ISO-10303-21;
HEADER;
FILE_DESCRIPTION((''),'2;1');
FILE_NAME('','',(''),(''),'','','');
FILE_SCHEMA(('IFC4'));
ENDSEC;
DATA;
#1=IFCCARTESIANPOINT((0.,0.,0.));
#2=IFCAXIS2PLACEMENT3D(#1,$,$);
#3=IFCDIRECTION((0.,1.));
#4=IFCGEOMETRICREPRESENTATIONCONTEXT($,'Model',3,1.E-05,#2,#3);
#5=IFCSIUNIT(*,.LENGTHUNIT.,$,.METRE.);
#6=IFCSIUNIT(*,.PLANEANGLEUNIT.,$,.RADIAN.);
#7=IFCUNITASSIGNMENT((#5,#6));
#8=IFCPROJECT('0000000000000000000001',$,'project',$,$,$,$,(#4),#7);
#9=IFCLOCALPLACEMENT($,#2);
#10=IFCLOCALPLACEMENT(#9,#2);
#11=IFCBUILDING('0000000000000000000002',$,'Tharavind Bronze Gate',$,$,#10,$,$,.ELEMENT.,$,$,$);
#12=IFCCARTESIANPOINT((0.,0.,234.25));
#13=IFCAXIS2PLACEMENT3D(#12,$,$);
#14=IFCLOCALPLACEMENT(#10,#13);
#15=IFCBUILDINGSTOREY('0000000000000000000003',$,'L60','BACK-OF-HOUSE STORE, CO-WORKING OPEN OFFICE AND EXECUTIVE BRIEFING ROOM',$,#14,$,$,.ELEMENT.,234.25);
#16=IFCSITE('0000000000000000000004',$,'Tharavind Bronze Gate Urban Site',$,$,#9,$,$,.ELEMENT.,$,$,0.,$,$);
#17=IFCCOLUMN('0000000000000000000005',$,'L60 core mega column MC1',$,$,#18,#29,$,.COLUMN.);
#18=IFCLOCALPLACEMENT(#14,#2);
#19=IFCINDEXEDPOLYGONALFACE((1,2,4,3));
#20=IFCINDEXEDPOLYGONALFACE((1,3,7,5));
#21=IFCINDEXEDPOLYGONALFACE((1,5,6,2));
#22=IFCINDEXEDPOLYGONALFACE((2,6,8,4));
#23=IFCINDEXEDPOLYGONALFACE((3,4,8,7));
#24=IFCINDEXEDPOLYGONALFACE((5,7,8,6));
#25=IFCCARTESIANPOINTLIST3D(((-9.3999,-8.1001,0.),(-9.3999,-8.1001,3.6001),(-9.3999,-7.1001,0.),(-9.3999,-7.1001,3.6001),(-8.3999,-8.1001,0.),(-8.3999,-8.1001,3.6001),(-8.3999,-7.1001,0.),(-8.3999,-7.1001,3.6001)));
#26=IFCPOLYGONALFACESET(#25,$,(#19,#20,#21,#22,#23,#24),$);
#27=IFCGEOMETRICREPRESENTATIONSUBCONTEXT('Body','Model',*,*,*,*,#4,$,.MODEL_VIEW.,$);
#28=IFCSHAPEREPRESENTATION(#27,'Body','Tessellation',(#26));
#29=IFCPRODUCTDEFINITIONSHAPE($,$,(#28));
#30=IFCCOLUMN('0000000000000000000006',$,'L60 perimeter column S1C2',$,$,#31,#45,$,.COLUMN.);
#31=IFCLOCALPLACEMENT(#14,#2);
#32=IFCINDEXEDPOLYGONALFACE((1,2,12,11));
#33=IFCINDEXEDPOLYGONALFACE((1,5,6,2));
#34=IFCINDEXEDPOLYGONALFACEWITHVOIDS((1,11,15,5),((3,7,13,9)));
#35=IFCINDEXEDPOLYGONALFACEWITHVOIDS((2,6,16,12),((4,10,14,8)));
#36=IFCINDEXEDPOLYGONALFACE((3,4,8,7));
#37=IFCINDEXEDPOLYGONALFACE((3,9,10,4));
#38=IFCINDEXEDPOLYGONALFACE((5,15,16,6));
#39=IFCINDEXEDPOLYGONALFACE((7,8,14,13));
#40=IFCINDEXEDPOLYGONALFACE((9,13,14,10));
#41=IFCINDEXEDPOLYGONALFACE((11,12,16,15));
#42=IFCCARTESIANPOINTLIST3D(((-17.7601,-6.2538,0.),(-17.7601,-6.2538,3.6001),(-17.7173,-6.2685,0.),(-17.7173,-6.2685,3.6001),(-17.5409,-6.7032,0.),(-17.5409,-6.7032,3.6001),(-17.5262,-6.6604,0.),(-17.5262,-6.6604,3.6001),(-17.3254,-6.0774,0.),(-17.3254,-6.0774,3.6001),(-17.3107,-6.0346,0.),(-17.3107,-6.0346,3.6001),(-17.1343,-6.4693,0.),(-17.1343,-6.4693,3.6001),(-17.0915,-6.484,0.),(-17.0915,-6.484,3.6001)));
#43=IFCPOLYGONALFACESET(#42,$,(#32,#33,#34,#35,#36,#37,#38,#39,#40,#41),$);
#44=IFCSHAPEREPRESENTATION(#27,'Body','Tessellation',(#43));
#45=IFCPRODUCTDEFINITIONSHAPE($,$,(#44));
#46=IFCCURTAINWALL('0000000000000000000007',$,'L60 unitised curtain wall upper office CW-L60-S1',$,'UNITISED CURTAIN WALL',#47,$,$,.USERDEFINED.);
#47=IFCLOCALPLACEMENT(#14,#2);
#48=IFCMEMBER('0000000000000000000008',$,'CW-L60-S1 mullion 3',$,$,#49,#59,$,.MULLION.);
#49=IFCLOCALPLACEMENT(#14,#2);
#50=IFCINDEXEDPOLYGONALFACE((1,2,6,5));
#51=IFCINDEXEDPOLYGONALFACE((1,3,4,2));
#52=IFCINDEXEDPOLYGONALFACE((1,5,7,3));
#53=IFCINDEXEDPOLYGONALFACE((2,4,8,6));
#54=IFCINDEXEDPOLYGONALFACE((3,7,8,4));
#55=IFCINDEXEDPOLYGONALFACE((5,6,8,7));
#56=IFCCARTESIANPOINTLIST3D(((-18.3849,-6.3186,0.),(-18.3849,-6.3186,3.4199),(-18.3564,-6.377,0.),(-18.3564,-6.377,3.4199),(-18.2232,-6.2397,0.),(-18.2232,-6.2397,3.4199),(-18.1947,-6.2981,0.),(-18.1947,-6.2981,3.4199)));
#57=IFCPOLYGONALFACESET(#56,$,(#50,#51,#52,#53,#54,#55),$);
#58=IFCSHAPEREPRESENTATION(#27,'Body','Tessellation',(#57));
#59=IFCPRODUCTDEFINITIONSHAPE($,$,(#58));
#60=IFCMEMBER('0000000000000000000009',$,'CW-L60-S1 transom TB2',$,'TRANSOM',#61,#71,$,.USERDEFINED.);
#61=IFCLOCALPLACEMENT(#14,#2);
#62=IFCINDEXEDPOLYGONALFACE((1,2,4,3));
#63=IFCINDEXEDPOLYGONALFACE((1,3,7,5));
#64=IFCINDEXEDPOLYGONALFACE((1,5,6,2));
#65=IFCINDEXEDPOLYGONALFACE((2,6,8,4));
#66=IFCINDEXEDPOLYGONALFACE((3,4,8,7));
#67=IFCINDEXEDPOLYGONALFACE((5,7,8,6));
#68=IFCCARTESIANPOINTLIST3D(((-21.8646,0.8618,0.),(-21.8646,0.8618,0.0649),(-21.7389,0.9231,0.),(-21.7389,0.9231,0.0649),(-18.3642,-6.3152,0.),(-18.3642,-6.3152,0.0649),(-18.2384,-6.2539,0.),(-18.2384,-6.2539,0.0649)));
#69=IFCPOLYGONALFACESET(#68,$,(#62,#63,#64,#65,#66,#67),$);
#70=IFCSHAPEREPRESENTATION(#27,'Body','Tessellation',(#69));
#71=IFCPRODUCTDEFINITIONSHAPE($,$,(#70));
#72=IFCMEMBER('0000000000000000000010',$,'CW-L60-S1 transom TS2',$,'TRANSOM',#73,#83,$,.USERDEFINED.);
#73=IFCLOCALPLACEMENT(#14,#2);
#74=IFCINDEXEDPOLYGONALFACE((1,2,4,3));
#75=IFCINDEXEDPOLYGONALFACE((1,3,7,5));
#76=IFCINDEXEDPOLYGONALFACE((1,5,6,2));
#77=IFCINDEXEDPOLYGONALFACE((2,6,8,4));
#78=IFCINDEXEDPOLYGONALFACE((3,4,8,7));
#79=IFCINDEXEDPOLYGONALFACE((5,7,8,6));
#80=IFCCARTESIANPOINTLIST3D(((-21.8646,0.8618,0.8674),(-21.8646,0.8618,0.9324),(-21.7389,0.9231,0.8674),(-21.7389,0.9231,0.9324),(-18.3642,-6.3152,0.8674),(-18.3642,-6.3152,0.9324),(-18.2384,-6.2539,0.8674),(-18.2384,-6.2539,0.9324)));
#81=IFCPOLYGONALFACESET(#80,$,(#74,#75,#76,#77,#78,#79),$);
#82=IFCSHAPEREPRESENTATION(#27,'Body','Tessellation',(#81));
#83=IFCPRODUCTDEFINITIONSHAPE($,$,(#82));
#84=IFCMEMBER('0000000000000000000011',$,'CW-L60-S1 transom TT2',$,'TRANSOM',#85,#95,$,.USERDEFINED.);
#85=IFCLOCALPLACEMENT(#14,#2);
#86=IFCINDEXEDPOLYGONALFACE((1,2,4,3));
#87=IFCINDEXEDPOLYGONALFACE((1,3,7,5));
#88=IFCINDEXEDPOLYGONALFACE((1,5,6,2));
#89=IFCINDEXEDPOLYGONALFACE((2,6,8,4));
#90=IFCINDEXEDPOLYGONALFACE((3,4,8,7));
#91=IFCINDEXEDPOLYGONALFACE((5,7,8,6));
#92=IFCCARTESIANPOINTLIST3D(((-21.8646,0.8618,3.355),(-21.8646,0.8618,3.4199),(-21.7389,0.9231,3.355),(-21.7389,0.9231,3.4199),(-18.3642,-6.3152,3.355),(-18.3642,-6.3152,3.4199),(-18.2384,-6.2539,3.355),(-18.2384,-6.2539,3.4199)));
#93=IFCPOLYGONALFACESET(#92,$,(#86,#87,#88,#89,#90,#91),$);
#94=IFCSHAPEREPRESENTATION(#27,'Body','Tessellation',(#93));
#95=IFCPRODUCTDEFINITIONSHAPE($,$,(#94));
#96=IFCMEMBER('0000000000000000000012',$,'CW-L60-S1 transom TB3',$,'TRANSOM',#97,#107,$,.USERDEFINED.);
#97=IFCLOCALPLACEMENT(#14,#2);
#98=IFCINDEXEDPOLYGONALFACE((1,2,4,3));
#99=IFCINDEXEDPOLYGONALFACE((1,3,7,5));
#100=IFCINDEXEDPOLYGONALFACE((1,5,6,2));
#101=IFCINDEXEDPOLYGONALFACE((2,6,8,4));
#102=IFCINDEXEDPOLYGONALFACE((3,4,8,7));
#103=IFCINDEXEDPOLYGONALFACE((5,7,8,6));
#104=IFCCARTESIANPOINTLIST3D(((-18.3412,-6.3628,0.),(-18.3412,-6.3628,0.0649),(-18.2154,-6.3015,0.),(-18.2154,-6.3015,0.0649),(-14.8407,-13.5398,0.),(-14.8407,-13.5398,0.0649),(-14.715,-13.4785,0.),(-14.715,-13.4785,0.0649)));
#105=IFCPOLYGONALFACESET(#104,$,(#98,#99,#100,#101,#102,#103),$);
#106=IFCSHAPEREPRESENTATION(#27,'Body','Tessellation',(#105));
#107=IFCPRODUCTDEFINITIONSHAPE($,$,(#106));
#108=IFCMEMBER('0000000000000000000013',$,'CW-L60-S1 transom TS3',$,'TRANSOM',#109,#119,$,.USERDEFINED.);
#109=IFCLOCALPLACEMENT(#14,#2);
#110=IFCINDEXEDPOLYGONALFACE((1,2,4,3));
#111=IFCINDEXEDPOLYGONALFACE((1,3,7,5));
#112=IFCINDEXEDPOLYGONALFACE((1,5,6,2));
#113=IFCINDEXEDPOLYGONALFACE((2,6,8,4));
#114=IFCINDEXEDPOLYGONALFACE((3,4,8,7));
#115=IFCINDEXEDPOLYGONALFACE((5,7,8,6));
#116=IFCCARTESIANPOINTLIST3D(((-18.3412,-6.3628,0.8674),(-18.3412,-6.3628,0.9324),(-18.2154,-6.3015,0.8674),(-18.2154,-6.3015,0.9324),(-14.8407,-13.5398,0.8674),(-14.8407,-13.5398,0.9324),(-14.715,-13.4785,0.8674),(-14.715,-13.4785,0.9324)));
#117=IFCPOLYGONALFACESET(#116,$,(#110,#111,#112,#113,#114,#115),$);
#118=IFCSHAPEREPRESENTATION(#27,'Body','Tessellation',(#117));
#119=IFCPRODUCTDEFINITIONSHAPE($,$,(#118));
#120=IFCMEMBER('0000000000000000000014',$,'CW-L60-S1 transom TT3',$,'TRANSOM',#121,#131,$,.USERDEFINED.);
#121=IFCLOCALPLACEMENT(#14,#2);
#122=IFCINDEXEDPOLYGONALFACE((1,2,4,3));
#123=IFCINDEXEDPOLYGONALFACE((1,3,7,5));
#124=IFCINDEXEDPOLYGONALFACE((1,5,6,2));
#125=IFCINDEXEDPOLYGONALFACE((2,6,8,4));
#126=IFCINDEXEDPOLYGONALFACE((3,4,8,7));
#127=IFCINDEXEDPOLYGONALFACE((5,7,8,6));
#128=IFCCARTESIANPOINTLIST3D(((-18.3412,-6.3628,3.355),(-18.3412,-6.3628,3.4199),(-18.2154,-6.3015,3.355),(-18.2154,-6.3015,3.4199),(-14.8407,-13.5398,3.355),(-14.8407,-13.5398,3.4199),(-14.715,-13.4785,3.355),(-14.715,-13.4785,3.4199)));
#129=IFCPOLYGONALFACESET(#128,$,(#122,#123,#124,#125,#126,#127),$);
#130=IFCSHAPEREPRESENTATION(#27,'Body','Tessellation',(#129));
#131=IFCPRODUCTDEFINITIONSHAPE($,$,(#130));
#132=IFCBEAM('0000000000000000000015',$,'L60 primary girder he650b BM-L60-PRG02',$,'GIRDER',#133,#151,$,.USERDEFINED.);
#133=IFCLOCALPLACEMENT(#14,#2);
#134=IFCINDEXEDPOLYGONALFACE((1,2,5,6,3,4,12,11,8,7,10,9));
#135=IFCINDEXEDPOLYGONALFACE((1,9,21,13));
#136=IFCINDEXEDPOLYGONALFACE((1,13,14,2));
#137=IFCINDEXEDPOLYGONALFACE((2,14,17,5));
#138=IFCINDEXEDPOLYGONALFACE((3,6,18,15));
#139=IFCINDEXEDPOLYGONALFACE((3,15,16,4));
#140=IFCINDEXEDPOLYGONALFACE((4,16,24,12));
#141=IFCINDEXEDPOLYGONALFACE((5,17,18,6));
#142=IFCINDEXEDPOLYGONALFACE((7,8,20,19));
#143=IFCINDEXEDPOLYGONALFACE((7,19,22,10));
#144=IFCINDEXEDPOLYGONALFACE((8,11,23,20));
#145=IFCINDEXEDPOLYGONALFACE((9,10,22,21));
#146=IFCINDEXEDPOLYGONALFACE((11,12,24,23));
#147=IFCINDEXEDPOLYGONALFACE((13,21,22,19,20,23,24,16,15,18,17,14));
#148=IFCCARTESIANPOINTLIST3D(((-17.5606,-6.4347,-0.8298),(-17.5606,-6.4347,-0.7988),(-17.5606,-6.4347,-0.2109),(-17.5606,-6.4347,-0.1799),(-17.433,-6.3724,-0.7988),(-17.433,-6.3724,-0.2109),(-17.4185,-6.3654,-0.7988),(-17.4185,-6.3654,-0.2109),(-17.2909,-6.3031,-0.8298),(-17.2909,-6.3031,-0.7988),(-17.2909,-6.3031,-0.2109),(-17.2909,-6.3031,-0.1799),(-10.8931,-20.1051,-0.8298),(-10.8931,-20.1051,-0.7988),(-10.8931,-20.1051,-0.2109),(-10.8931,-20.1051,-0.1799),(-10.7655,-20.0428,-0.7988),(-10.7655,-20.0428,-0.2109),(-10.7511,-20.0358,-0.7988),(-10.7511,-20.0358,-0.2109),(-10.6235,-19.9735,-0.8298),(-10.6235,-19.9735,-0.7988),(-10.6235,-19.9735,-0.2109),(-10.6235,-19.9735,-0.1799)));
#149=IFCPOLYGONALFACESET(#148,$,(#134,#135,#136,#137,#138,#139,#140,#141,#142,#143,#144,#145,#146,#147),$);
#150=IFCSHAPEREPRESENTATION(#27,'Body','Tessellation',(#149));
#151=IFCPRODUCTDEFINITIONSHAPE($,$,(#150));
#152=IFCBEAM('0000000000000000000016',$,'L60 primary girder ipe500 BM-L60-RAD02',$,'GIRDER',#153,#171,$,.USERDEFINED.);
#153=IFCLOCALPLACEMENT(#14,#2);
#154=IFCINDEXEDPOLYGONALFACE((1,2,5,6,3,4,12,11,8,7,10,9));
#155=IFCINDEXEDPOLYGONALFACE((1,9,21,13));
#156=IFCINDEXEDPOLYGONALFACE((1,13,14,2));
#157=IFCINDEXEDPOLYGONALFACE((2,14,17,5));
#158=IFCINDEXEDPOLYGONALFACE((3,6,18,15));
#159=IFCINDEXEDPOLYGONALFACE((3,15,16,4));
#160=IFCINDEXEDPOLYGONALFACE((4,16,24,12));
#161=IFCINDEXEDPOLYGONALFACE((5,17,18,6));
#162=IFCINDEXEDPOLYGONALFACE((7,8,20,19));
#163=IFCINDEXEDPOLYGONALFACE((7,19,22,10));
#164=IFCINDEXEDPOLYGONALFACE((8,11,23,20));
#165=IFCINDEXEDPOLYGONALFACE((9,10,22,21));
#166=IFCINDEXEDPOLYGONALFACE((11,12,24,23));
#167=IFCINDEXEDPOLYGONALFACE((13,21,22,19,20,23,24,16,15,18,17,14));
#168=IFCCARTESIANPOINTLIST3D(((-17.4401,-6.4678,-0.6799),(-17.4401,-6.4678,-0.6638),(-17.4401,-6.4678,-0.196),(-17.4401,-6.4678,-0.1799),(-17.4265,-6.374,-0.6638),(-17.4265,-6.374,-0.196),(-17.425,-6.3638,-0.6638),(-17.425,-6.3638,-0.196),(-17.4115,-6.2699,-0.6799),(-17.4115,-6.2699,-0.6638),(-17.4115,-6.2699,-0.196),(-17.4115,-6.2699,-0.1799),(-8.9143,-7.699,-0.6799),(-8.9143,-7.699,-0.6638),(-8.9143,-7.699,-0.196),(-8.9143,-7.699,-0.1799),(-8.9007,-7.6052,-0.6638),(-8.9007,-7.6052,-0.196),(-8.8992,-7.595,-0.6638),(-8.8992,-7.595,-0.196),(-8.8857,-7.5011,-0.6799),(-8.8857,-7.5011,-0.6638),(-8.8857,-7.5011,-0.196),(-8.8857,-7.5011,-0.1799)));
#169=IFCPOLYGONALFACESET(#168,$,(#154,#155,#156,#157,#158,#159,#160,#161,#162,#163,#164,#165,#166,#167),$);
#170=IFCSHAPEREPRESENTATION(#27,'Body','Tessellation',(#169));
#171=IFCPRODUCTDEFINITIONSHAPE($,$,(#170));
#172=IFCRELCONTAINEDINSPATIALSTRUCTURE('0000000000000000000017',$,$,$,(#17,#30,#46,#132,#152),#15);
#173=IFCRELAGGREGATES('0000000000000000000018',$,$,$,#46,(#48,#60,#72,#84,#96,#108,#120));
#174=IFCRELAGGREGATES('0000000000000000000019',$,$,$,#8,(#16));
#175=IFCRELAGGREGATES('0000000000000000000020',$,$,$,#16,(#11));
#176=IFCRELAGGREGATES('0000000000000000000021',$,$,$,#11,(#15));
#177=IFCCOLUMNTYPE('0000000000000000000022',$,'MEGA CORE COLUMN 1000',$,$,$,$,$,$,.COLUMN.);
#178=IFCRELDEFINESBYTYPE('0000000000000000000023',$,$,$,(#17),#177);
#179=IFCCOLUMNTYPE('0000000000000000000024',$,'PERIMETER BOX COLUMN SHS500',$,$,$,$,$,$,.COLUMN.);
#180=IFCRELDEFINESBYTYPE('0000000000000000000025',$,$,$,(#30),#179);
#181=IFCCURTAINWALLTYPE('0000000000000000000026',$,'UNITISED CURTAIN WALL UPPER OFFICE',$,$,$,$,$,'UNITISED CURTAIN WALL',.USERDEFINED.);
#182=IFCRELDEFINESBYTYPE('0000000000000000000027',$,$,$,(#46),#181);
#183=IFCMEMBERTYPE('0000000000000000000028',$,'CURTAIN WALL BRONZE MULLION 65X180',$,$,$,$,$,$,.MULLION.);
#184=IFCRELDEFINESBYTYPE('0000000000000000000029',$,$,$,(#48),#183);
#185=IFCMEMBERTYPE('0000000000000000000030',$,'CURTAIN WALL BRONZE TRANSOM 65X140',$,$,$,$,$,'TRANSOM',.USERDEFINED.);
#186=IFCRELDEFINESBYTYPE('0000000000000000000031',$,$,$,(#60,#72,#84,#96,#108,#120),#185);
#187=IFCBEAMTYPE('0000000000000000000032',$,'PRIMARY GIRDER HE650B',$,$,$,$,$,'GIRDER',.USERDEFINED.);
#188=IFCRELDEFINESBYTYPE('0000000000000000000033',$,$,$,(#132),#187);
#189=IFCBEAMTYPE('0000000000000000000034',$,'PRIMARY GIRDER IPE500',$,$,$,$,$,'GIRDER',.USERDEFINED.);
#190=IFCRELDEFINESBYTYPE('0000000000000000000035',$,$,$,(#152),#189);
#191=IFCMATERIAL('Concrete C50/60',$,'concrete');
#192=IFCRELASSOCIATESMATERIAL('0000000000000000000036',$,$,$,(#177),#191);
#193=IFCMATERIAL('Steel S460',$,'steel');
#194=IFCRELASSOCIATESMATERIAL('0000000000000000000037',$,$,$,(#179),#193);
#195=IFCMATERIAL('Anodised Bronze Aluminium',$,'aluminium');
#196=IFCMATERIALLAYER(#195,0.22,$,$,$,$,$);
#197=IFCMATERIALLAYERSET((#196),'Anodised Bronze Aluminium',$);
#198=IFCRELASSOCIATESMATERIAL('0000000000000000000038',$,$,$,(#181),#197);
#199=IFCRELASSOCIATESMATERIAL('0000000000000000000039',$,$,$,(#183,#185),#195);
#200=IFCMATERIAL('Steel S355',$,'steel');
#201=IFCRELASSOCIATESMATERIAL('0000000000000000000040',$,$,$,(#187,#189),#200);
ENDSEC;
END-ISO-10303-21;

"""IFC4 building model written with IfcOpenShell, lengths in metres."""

from ifc_helpers import new_model, si_unit, direction, frame, origin, origin_2d, place, context, subcontext, project, spatial, rectangle, hollow_rectangle, i_section, extrude, material, layer, layer_set, material_profile, profile_set, type_object, element, aggregate, save


model = new_model("IFC4")

# Units and contexts
model_context = context("Model", 3, precision=1e-05, world=origin(), true_north=direction((0.0, 1.0)))
body_context = subcontext(model_context, "Body", "Model", "MODEL_VIEW")
ifc_project = project(units=[si_unit("LENGTHUNIT", "METRE"), si_unit("PLANEANGLEUNIT", "RADIAN")], contexts=[model_context])

# Site, building, storey
site_placement = place(None, origin())
site = spatial("IfcSite", under=ifc_project, at=site_placement, Name="Tharavind Bronze Gate Urban Site", CompositionType="ELEMENT", RefElevation=0.0)
building_placement = place(site_placement, origin())
building = spatial("IfcBuilding", under=site, at=building_placement, Name="Tharavind Bronze Gate", CompositionType="ELEMENT")
storey_placement = place(building_placement, frame((0.0, 0.0, 234.25)))
storey = spatial("IfcBuildingStorey", under=building, at=storey_placement, Name="L60", Description="BACK-OF-HOUSE STORE, CO-WORKING OPEN OFFICE AND EXECUTIVE BRIEFING ROOM", CompositionType="ELEMENT", Elevation=234.25)

# Columns
ifc_material_1 = material(Name="Concrete C50/60", Category="concrete")
ifc_material_profile_1 = material_profile(ifc_material_1, rectangle(XDim=1.0, YDim=1.0, at=origin_2d()), Name="RCCOL1000")
ifc_profile_set_1 = profile_set([ifc_material_profile_1], Name="Concrete C50/60")
column_type_1 = type_object("IfcColumnType", Name="MEGA CORE COLUMN 1000", PredefinedType="COLUMN", material=ifc_profile_set_1)
column_1_placement = place(storey_placement, frame((-8.8999, -7.6001, 0.0), z_axis=(0.0, 0.0, 1.0), x_axis=(1.0, 0.0, 0.0)))
element("IfcColumn", 1, at=column_1_placement, inside=storey, type_object=column_type_1, Name="L60 core mega column MC1", PredefinedType="COLUMN", context=body_context, shape_type="SweptSolid", body=[
    extrude(rectangle(XDim=1.0, YDim=1.0, at=origin_2d()), origin(), (0.0, 0.0, 1.0), 3.6001),
])
ifc_material_2 = material(Name="Steel S460", Category="steel")
ifc_material_profile_2 = material_profile(ifc_material_2, hollow_rectangle(XDim=0.5, YDim=0.5, WallThickness=0.032, at=origin_2d()), Name="SHS500X32")
ifc_profile_set_2 = profile_set([ifc_material_profile_2], Name="Steel S460")
column_type_2 = type_object("IfcColumnType", Name="PERIMETER BOX COLUMN SHS500", PredefinedType="COLUMN", material=ifc_profile_set_2)
column_2_placement = place(storey_placement, frame((-17.4258, -6.3689, 0.0), z_axis=(0.0, 0.0, 1.0), x_axis=(-0.438371, 0.898794, 0.0)))
element("IfcColumn", 2, at=column_2_placement, inside=storey, type_object=column_type_2, Name="L60 perimeter column S1C2", PredefinedType="COLUMN", context=body_context, shape_type="SweptSolid", body=[
    extrude(hollow_rectangle(XDim=0.5, YDim=0.5, WallThickness=0.032, at=origin_2d()), origin(), (0.0, 0.0, 1.0), 3.6001),
])

# Curtain wall, members
ifc_material_3 = material(Name="Anodised Bronze Aluminium", Category="aluminium")
ifc_layer_1 = layer(ifc_material_3, 0.22)
ifc_layer_set_1 = layer_set([ifc_layer_1], Name="Anodised Bronze Aluminium")
curtain_wall_type = type_object("IfcCurtainWallType", Name="UNITISED CURTAIN WALL UPPER OFFICE", ElementType="UNITISED CURTAIN WALL", PredefinedType="USERDEFINED", material=ifc_layer_set_1)
curtain_wall_placement = place(storey_placement, origin())
curtain_wall = element("IfcCurtainWall", 3, at=curtain_wall_placement, inside=storey, type_object=curtain_wall_type, Name="L60 unitised curtain wall upper office CW-L60-S1", ObjectType="UNITISED CURTAIN WALL", PredefinedType="USERDEFINED")
member_type_1 = type_object("IfcMemberType", Name="CURTAIN WALL BRONZE MULLION 65X180", PredefinedType="MULLION", material=ifc_material_3)
member_1_placement = place(storey_placement, frame((-18.2898, -6.3083, 0.0), z_axis=(0.0, 0.0, 1.0), x_axis=(0.438371, -0.898794, 0.0)))
member_1 = element("IfcMember", 4, at=member_1_placement, type_object=member_type_1, Name="CW-L60-S1 mullion 3", PredefinedType="MULLION", context=body_context, shape_type="SweptSolid", body=[
    extrude(rectangle(XDim=0.0649, YDim=0.1799, at=origin_2d()), origin(), (0.0, 0.0, 1.0), 3.4199),
])
member_type_2 = type_object("IfcMemberType", Name="CURTAIN WALL BRONZE TRANSOM 65X140", ElementType="TRANSOM", PredefinedType="USERDEFINED", material=ifc_material_3)
member_2_placement = place(storey_placement, frame((-20.0515, -2.696, 0.0), z_axis=(0.0, 0.0, 1.0), x_axis=(0.438371, -0.898794, 0.0)))
member_2 = element("IfcMember", 5, at=member_2_placement, type_object=member_type_2, Name="CW-L60-S1 transom TB2", ObjectType="TRANSOM", PredefinedType="USERDEFINED", context=body_context, shape_type="SweptSolid", body=[
    extrude(rectangle(XDim=7.9851, YDim=0.1399, at=origin_2d()), origin(), (0.0, 0.0, 1.0), 0.0649),
])
member_3_placement = place(storey_placement, frame((-20.0515, -2.696, 0.8674), z_axis=(0.0, 0.0, 1.0), x_axis=(0.438371, -0.898794, 0.0)))
member_3 = element("IfcMember", 6, at=member_3_placement, type_object=member_type_2, Name="CW-L60-S1 transom TS2", ObjectType="TRANSOM", PredefinedType="USERDEFINED", context=body_context, shape_type="SweptSolid", body=[
    extrude(rectangle(XDim=7.9851, YDim=0.1399, at=origin_2d()), origin(), (0.0, 0.0, 1.0), 0.0649),
])
member_4_placement = place(storey_placement, frame((-20.0515, -2.696, 3.355), z_axis=(0.0, 0.0, 1.0), x_axis=(0.438371, -0.898794, 0.0)))
member_4 = element("IfcMember", 7, at=member_4_placement, type_object=member_type_2, Name="CW-L60-S1 transom TT2", ObjectType="TRANSOM", PredefinedType="USERDEFINED", context=body_context, shape_type="SweptSolid", body=[
    extrude(rectangle(XDim=7.9851, YDim=0.1399, at=origin_2d()), origin(), (0.0, 0.0, 1.0), 0.0649),
])
member_5_placement = place(storey_placement, frame((-16.5281, -9.9207, 0.0), z_axis=(0.0, 0.0, 1.0), x_axis=(0.438371, -0.898794, 0.0)))
member_5 = element("IfcMember", 8, at=member_5_placement, type_object=member_type_2, Name="CW-L60-S1 transom TB3", ObjectType="TRANSOM", PredefinedType="USERDEFINED", context=body_context, shape_type="SweptSolid", body=[
    extrude(rectangle(XDim=7.9851, YDim=0.1399, at=origin_2d()), origin(), (0.0, 0.0, 1.0), 0.0649),
])
member_6_placement = place(storey_placement, frame((-16.5281, -9.9207, 0.8674), z_axis=(0.0, 0.0, 1.0), x_axis=(0.438371, -0.898794, 0.0)))
member_6 = element("IfcMember", 9, at=member_6_placement, type_object=member_type_2, Name="CW-L60-S1 transom TS3", ObjectType="TRANSOM", PredefinedType="USERDEFINED", context=body_context, shape_type="SweptSolid", body=[
    extrude(rectangle(XDim=7.9851, YDim=0.1399, at=origin_2d()), origin(), (0.0, 0.0, 1.0), 0.0649),
])
member_7_placement = place(storey_placement, frame((-16.5281, -9.9207, 3.355), z_axis=(0.0, 0.0, 1.0), x_axis=(0.438371, -0.898794, 0.0)))
member_7 = element("IfcMember", 10, at=member_7_placement, type_object=member_type_2, Name="CW-L60-S1 transom TT3", ObjectType="TRANSOM", PredefinedType="USERDEFINED", context=body_context, shape_type="SweptSolid", body=[
    extrude(rectangle(XDim=7.9851, YDim=0.1399, at=origin_2d()), origin(), (0.0, 0.0, 1.0), 0.0649),
])

# Beams
ifc_material_4 = material(Name="Steel S355", Category="steel")
ifc_material_profile_3 = material_profile(ifc_material_4, i_section(OverallWidth=0.3, OverallDepth=0.6499, WebThickness=0.0161, FlangeThickness=0.031, at=origin_2d()), Name="HE650B")
ifc_profile_set_3 = profile_set([ifc_material_profile_3], Name="Steel S355")
beam_type_1 = type_object("IfcBeamType", Name="PRIMARY GIRDER HE650B", ElementType="GIRDER", PredefinedType="USERDEFINED", material=ifc_profile_set_3)
beam_1_placement = place(storey_placement, frame((-17.4258, -6.3689, -0.5049), z_axis=(0.43837, -0.898795, 0.0), x_axis=(0.898795, 0.43837, 0.0)))
element("IfcBeam", 11, at=beam_1_placement, inside=storey, type_object=beam_type_1, Name="L60 primary girder he650b BM-L60-PRG02", ObjectType="GIRDER", PredefinedType="USERDEFINED", context=body_context, shape_type="SweptSolid", body=[
    extrude(i_section(OverallWidth=0.3, OverallDepth=0.6499, WebThickness=0.0161, FlangeThickness=0.031, at=origin_2d()), origin(), (0.0, 0.0, 1.0), 15.2097),
])
ifc_material_profile_4 = material_profile(ifc_material_4, i_section(OverallWidth=0.2, OverallDepth=0.5, WebThickness=0.0103, FlangeThickness=0.0161, at=origin_2d()), Name="IPE500")
ifc_profile_set_4 = profile_set([ifc_material_profile_4], Name="Steel S355")
beam_type_2 = type_object("IfcBeamType", Name="PRIMARY GIRDER IPE500", ElementType="GIRDER", PredefinedType="USERDEFINED", material=ifc_profile_set_4)
beam_2_placement = place(storey_placement, frame((-17.4258, -6.3689, -0.4299), z_axis=(0.989734, -0.142925, 0.0), x_axis=(0.142925, 0.989734, 0.0)))
element("IfcBeam", 12, at=beam_2_placement, inside=storey, type_object=beam_type_2, Name="L60 primary girder ipe500 BM-L60-RAD02", ObjectType="GIRDER", PredefinedType="USERDEFINED", context=body_context, shape_type="SweptSolid", body=[
    extrude(i_section(OverallWidth=0.2, OverallDepth=0.5, WebThickness=0.0103, FlangeThickness=0.0161, at=origin_2d()), origin(), (0.0, 0.0, 1.0), 8.6143),
])

aggregate(curtain_wall, [member_1, member_2, member_3, member_4, member_5, member_6, member_7])

save(model, "model.ifc")
